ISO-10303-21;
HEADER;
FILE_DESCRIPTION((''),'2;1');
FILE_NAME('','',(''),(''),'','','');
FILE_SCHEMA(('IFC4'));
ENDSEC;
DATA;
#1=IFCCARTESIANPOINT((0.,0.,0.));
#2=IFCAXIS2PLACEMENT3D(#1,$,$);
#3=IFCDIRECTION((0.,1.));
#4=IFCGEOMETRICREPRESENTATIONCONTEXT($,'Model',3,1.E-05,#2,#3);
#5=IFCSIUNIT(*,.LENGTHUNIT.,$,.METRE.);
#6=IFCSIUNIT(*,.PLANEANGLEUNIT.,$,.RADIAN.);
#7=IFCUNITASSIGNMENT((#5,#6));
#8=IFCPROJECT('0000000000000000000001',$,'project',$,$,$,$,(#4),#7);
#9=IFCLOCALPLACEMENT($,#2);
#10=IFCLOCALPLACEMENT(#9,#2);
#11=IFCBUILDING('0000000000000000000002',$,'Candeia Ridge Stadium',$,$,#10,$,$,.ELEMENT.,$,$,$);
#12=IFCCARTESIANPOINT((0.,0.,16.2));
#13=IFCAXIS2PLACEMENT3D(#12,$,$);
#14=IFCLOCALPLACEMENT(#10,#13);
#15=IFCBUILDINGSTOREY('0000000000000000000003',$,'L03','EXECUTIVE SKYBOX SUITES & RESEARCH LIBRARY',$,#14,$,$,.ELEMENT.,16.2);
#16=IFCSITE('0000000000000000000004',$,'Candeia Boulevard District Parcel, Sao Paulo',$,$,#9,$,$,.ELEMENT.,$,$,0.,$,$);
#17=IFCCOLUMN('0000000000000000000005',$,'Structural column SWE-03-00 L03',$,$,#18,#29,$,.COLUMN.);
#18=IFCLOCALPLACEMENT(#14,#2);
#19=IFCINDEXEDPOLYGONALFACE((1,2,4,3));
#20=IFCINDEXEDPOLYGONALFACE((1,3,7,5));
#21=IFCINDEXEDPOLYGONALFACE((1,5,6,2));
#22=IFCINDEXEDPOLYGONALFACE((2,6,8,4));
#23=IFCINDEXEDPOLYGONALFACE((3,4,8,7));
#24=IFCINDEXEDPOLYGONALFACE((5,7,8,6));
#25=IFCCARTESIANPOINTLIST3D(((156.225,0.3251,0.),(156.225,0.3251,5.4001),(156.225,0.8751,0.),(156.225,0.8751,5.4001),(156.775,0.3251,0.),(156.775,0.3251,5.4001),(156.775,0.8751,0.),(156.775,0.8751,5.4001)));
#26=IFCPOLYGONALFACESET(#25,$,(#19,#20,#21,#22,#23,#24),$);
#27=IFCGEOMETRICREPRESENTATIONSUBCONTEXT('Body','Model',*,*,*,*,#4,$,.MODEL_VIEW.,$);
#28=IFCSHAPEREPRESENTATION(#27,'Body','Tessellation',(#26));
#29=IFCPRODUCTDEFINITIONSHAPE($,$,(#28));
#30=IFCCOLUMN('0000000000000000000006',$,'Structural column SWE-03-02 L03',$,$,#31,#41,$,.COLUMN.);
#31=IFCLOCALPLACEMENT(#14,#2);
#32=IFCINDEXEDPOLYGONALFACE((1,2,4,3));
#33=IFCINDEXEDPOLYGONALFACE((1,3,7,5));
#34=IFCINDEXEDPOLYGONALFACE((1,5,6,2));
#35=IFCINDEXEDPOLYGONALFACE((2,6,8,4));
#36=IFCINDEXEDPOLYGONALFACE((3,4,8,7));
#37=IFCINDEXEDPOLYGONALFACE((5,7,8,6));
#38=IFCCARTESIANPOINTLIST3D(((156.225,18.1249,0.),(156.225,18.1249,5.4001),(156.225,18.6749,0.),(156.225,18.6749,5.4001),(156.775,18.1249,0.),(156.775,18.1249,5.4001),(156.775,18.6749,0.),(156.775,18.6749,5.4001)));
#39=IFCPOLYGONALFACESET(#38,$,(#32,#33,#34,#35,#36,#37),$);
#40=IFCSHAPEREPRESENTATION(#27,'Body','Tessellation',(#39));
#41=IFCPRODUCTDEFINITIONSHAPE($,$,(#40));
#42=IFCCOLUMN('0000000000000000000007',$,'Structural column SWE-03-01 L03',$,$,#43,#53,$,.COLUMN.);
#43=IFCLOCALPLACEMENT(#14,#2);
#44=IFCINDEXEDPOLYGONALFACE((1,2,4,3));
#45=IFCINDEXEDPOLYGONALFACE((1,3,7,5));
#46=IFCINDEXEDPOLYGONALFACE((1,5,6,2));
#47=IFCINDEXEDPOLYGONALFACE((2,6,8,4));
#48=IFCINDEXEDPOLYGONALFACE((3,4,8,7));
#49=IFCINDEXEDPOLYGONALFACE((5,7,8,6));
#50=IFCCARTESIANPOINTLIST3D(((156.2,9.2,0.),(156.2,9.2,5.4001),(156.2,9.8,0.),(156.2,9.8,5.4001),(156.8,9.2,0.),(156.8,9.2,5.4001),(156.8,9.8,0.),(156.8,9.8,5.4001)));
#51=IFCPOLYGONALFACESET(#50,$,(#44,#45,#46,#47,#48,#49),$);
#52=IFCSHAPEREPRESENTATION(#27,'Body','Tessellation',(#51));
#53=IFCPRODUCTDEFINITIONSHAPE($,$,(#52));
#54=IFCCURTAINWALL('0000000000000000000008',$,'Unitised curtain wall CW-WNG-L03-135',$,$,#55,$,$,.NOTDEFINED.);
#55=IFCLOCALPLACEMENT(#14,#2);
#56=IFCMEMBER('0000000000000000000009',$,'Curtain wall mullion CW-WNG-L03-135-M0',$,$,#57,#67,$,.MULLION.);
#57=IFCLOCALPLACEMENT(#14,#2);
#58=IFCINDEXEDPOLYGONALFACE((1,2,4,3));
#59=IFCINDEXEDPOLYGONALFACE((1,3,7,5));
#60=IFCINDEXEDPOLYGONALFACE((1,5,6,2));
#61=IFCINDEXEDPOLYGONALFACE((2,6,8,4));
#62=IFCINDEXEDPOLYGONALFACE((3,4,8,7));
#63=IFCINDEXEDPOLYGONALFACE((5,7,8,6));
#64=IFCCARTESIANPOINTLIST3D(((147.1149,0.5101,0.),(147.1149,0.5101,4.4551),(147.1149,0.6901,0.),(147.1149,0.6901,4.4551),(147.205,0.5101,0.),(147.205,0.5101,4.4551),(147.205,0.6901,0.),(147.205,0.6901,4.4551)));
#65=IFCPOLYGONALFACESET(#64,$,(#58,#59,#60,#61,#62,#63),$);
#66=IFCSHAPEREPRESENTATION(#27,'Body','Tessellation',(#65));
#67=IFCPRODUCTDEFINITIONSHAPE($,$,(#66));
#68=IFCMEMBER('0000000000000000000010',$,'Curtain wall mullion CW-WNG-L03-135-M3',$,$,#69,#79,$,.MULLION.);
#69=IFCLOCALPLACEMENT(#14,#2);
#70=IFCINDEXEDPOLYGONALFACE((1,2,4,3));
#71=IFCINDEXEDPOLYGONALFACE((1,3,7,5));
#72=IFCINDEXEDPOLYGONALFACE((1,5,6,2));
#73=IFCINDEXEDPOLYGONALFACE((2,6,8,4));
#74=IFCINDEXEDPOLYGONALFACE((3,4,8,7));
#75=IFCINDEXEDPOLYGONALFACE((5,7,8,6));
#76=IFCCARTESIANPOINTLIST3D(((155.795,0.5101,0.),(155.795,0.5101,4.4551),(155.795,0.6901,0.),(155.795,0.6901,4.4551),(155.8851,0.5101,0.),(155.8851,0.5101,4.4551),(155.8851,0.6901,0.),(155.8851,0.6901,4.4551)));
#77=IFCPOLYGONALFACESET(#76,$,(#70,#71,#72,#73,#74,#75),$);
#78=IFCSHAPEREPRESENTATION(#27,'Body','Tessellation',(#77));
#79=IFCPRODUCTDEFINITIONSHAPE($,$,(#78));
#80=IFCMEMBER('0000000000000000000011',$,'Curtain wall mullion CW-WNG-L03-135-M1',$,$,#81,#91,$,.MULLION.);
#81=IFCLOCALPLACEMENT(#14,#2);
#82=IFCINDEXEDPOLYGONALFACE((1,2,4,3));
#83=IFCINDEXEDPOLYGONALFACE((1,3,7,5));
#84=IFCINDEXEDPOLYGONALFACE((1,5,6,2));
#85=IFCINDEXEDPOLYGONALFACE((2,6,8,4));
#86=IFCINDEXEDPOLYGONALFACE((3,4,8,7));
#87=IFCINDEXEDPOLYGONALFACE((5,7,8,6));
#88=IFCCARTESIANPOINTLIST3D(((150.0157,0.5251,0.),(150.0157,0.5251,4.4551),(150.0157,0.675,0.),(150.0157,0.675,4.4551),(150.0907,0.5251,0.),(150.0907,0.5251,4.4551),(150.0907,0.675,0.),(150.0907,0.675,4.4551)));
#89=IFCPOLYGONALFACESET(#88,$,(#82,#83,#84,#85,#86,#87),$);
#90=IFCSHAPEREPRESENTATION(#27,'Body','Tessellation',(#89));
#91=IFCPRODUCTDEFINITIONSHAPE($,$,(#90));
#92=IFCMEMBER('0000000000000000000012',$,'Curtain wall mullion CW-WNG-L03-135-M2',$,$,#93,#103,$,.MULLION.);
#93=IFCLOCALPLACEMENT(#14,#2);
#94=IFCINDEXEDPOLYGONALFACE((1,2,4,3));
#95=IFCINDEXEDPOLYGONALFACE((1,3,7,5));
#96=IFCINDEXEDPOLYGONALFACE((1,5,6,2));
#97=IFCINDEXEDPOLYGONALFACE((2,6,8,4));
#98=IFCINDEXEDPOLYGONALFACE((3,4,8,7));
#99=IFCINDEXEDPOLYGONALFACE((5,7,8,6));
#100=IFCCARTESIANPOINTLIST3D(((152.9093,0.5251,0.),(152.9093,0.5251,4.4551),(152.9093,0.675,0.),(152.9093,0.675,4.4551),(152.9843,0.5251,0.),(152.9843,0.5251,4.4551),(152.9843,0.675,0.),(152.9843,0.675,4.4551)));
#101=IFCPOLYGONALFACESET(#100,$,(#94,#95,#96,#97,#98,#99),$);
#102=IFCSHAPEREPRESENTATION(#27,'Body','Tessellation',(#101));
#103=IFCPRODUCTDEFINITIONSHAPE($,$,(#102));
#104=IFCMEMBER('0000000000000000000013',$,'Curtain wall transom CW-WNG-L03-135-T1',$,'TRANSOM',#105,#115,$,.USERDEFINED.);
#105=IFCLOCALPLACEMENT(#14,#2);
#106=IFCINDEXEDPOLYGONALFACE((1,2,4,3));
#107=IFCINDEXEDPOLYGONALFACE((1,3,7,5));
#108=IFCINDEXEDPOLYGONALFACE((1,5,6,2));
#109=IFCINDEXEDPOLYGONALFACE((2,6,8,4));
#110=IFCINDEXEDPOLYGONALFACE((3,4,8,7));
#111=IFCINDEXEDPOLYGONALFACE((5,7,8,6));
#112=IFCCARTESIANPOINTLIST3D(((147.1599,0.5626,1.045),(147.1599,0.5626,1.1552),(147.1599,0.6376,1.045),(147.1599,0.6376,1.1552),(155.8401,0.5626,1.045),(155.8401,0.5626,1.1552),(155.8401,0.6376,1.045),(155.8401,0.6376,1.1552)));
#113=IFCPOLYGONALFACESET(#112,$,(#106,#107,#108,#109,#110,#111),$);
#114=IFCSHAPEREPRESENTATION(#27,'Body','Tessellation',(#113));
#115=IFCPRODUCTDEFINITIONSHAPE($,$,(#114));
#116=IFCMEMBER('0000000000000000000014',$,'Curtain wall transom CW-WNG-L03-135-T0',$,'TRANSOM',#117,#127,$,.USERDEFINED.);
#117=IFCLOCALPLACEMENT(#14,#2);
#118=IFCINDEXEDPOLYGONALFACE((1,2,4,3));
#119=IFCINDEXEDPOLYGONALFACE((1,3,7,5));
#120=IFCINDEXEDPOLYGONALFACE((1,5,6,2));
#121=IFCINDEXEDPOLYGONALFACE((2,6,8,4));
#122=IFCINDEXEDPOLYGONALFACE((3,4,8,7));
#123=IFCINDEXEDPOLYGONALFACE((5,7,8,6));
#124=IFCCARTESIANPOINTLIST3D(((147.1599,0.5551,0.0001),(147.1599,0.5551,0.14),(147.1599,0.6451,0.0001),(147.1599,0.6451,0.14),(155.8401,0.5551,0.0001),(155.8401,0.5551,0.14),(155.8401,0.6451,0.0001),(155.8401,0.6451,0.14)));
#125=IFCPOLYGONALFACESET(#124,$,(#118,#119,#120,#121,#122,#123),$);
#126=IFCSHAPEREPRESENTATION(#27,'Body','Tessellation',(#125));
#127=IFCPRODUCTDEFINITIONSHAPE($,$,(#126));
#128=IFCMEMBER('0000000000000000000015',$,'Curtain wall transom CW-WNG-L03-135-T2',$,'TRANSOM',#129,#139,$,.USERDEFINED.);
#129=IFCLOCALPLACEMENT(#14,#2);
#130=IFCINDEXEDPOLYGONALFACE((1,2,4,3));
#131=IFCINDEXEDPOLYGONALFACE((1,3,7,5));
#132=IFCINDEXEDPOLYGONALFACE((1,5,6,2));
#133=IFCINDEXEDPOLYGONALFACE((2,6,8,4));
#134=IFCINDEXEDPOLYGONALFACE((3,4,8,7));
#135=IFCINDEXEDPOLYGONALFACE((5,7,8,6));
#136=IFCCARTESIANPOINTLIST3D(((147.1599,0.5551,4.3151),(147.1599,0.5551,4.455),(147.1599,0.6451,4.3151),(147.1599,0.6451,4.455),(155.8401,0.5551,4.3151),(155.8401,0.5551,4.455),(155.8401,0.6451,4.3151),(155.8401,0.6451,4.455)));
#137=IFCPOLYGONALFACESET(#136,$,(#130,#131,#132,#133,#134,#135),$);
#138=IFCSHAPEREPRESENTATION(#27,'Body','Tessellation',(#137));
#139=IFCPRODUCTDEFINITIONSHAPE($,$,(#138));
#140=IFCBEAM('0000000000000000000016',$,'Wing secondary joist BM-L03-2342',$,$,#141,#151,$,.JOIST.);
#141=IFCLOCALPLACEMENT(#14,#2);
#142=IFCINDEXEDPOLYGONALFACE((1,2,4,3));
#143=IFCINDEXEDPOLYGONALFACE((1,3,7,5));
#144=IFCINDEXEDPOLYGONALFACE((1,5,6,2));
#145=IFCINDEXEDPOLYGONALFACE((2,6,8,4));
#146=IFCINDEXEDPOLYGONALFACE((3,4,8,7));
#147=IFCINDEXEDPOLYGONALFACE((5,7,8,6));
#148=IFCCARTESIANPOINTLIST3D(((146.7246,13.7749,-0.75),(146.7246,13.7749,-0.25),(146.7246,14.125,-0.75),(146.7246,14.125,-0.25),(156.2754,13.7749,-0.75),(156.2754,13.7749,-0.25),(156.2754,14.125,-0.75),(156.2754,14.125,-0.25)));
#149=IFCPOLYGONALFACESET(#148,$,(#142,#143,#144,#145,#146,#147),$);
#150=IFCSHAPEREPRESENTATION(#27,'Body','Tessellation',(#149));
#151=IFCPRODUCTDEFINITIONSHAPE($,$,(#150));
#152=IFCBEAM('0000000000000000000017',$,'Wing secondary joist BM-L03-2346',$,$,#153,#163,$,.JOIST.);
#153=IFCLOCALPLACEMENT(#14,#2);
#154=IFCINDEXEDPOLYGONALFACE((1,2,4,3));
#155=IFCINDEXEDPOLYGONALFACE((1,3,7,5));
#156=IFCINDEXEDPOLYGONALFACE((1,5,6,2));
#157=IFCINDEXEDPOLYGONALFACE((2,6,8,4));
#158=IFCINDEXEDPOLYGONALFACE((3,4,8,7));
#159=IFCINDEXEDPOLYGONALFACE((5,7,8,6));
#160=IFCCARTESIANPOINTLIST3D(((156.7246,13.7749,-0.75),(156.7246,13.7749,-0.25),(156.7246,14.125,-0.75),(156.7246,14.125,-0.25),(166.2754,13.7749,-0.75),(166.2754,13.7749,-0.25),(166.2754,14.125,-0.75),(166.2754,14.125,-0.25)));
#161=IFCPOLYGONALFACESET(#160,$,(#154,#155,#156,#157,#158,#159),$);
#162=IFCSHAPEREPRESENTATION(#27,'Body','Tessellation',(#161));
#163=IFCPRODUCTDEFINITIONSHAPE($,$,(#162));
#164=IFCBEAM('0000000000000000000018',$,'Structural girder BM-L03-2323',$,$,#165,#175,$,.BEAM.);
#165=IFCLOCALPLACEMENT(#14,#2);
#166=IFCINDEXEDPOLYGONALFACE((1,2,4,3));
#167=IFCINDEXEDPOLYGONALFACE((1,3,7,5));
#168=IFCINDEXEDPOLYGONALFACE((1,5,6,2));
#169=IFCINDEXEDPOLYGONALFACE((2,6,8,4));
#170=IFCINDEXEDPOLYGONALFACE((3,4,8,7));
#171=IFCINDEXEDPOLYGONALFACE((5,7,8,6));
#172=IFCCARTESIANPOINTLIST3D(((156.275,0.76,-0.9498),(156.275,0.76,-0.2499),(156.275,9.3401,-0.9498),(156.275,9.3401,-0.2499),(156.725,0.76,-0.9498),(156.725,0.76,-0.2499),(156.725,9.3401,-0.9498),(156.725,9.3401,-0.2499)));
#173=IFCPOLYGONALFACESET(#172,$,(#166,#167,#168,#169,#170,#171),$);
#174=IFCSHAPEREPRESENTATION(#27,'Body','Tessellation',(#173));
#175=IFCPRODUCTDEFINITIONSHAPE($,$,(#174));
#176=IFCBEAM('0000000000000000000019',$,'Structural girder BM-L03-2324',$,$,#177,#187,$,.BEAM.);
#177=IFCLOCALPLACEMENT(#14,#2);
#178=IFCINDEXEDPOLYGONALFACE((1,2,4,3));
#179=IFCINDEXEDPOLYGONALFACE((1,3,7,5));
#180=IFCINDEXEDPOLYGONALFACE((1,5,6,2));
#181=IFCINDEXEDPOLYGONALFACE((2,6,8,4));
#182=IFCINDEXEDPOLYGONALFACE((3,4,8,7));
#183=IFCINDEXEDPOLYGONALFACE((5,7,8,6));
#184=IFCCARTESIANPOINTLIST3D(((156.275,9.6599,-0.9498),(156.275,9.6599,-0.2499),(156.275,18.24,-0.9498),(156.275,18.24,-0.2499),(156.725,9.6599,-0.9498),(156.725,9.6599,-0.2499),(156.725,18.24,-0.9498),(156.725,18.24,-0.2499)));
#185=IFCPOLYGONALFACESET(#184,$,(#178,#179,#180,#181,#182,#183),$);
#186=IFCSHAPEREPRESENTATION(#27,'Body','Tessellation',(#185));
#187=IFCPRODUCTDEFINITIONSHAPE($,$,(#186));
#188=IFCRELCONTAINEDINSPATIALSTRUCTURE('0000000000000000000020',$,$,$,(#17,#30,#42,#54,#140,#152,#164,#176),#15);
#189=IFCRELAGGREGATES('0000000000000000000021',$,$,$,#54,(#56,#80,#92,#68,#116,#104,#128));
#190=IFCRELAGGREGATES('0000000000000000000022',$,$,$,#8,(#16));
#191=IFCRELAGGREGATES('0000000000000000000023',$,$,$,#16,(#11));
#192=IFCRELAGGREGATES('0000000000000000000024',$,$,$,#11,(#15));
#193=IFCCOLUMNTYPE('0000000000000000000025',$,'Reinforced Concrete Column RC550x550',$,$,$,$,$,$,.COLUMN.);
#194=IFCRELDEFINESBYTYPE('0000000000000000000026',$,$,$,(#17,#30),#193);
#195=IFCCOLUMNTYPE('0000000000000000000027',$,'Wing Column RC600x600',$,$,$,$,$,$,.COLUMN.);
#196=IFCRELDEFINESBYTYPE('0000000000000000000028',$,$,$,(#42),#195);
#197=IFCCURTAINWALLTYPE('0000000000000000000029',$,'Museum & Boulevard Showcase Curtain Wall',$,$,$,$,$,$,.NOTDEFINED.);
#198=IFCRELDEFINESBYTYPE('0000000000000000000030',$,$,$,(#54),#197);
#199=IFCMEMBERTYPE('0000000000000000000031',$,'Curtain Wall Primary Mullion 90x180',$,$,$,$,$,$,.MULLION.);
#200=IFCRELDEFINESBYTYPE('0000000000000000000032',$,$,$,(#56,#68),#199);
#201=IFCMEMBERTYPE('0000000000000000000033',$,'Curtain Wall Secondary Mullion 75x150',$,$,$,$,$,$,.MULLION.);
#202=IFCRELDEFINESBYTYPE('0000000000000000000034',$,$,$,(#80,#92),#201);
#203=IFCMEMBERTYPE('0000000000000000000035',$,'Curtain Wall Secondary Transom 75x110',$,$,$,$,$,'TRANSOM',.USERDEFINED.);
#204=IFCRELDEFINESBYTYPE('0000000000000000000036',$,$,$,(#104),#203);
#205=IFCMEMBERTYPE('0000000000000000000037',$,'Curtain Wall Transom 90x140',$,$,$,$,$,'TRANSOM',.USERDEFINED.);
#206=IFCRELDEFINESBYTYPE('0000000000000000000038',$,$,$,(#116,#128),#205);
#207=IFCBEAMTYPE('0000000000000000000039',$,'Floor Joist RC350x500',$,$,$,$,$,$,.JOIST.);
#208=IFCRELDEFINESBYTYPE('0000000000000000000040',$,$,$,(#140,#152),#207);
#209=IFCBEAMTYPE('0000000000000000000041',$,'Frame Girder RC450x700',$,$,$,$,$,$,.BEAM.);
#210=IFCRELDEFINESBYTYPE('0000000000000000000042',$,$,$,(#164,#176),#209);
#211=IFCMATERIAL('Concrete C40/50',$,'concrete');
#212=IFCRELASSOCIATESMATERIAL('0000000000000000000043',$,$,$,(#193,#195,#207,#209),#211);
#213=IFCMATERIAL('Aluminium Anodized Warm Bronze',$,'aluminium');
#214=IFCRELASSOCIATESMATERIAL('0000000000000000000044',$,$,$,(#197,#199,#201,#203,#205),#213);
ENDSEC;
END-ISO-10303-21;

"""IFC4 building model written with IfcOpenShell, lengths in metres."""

from ifc_helpers import new_model, si_unit, direction, frame, origin, origin_2d, place, context, subcontext, project, spatial, rectangle, extrude, material, material_profile, profile_set, type_object, element, aggregate, save


model = new_model("IFC4")

# Units and contexts
model_context = context("Model", 3, precision=1e-05, world=origin(), true_north=direction((0.0, 1.0)))
body_context = subcontext(model_context, "Body", "Model", "MODEL_VIEW")
ifc_project = project(units=[si_unit("LENGTHUNIT", "METRE"), si_unit("PLANEANGLEUNIT", "RADIAN")], contexts=[model_context])

# Site, building, storey
site_placement = place(None, origin())
site = spatial("IfcSite", under=ifc_project, at=site_placement, Name="Candeia Boulevard District Parcel, Sao Paulo", CompositionType="ELEMENT", RefElevation=0.0)
building_placement = place(site_placement, origin())
building = spatial("IfcBuilding", under=site, at=building_placement, Name="Candeia Ridge Stadium", CompositionType="ELEMENT")
storey_placement = place(building_placement, frame((0.0, 0.0, 16.2)))
storey = spatial("IfcBuildingStorey", under=building, at=storey_placement, Name="L03", Description="EXECUTIVE SKYBOX SUITES & RESEARCH LIBRARY", CompositionType="ELEMENT", Elevation=16.2)

# Columns
ifc_material_1 = material(Name="Concrete C40/50", Category="concrete")
ifc_material_profile_1 = material_profile(ifc_material_1, rectangle(XDim=0.55, YDim=0.55, at=origin_2d()), Name="RC550x550", Category="concrete")
ifc_profile_set_1 = profile_set([ifc_material_profile_1], Name="Concrete C40/50")
column_type_1 = type_object("IfcColumnType", Name="Reinforced Concrete Column RC550x550", PredefinedType="COLUMN", material=ifc_profile_set_1)
for number, where, z_axis, x_axis, name in (
    (1, (156.5, 0.6001, 0.0), (0.0, 0.0, 1.0), (1.0, 0.0, 0.0), "Structural column SWE-03-00 L03"),
    (2, (156.5, 18.3999, 0.0), (0.0, 0.0, 1.0), (1.0, 0.0, 0.0), "Structural column SWE-03-02 L03"),
):
    element("IfcColumn", number, at=place(storey_placement, frame(where, z_axis=z_axis, x_axis=x_axis)), inside=storey, type_object=column_type_1, Name=name, PredefinedType="COLUMN", context=body_context, shape_type="SweptSolid", body=[
        extrude(rectangle(XDim=0.55, YDim=0.55, at=origin_2d()), origin(), (0.0, 0.0, 1.0), 5.4001),
    ])
ifc_material_profile_2 = material_profile(ifc_material_1, rectangle(XDim=0.6001, YDim=0.6001, at=origin_2d()), Name="RC600x600", Category="concrete")
ifc_profile_set_2 = profile_set([ifc_material_profile_2], Name="Concrete C40/50")
column_type_2 = type_object("IfcColumnType", Name="Wing Column RC600x600", PredefinedType="COLUMN", material=ifc_profile_set_2)
column_placement = place(storey_placement, frame((156.5, 9.5, 0.0), z_axis=(0.0, 0.0, 1.0), x_axis=(1.0, 0.0, 0.0)))
element("IfcColumn", 3, at=column_placement, inside=storey, type_object=column_type_2, Name="Structural column SWE-03-01 L03", PredefinedType="COLUMN", context=body_context, shape_type="SweptSolid", body=[
    extrude(rectangle(XDim=0.6001, YDim=0.6001, at=origin_2d()), origin(), (0.0, 0.0, 1.0), 5.4001),
])

# Curtain wall, members
ifc_material_2 = material(Name="Aluminium Anodized Warm Bronze", Category="aluminium")
curtain_wall_type = type_object("IfcCurtainWallType", Name="Museum & Boulevard Showcase Curtain Wall", PredefinedType="NOTDEFINED", material=ifc_material_2)
curtain_wall_placement = place(storey_placement, origin())
curtain_wall = element("IfcCurtainWall", 4, at=curtain_wall_placement, inside=storey, type_object=curtain_wall_type, Name="Unitised curtain wall CW-WNG-L03-135", PredefinedType="NOTDEFINED")
ifc_material_profile_3 = material_profile(ifc_material_2, rectangle(XDim=0.0901, YDim=0.1799, at=origin_2d()), Name="CWM-90x180", Category="aluminium")
ifc_profile_set_3 = profile_set([ifc_material_profile_3], Name="Aluminium Anodized Warm Bronze")
member_type_1 = type_object("IfcMemberType", Name="Curtain Wall Primary Mullion 90x180", PredefinedType="MULLION", material=ifc_profile_set_3)
member_1_placement = place(storey_placement, frame((147.1599, 0.6001, 0.0), z_axis=(0.0, 0.0, 1.0), x_axis=(1.0, 0.0, 0.0)))
member_1 = element("IfcMember", 5, at=member_1_placement, type_object=member_type_1, Name="Curtain wall mullion CW-WNG-L03-135-M0", PredefinedType="MULLION", context=body_context, shape_type="SweptSolid", body=[
    extrude(rectangle(XDim=0.0901, YDim=0.1799, at=origin_2d()), origin(), (0.0, 0.0, 1.0), 4.4551),
])
member_2_placement = place(storey_placement, frame((155.8401, 0.6001, 0.0), z_axis=(0.0, 0.0, 1.0), x_axis=(1.0, 0.0, 0.0)))
member_2 = element("IfcMember", 6, at=member_2_placement, type_object=member_type_1, Name="Curtain wall mullion CW-WNG-L03-135-M3", PredefinedType="MULLION", context=body_context, shape_type="SweptSolid", body=[
    extrude(rectangle(XDim=0.0901, YDim=0.1799, at=origin_2d()), origin(), (0.0, 0.0, 1.0), 4.4551),
])
ifc_material_profile_4 = material_profile(ifc_material_2, rectangle(XDim=0.075, YDim=0.1499, at=origin_2d()), Name="CWM-75x150", Category="aluminium")
ifc_profile_set_4 = profile_set([ifc_material_profile_4], Name="Aluminium Anodized Warm Bronze")
member_type_2 = type_object("IfcMemberType", Name="Curtain Wall Secondary Mullion 75x150", PredefinedType="MULLION", material=ifc_profile_set_4)
member_3_placement = place(storey_placement, frame((150.0532, 0.6001, 0.0), z_axis=(0.0, 0.0, 1.0), x_axis=(1.0, 0.0, 0.0)))
member_3 = element("IfcMember", 7, at=member_3_placement, type_object=member_type_2, Name="Curtain wall mullion CW-WNG-L03-135-M1", PredefinedType="MULLION", context=body_context, shape_type="SweptSolid", body=[
    extrude(rectangle(XDim=0.075, YDim=0.1499, at=origin_2d()), origin(), (0.0, 0.0, 1.0), 4.4551),
])
member_4_placement = place(storey_placement, frame((152.9468, 0.6001, 0.0), z_axis=(0.0, 0.0, 1.0), x_axis=(1.0, 0.0, 0.0)))
member_4 = element("IfcMember", 8, at=member_4_placement, type_object=member_type_2, Name="Curtain wall mullion CW-WNG-L03-135-M2", PredefinedType="MULLION", context=body_context, shape_type="SweptSolid", body=[
    extrude(rectangle(XDim=0.075, YDim=0.1499, at=origin_2d()), origin(), (0.0, 0.0, 1.0), 4.4551),
])
ifc_material_profile_5 = material_profile(ifc_material_2, rectangle(XDim=0.075, YDim=0.1101, at=origin_2d()), Name="CWT-75x110", Category="aluminium")
ifc_profile_set_5 = profile_set([ifc_material_profile_5], Name="Aluminium Anodized Warm Bronze")
member_type_3 = type_object("IfcMemberType", Name="Curtain Wall Secondary Transom 75x110", ElementType="TRANSOM", PredefinedType="USERDEFINED", material=ifc_profile_set_5)
member_5_placement = place(storey_placement, frame((147.1599, 0.6001, 1.1001), z_axis=(1.0, 0.0, 0.0), x_axis=(0.0, 1.0, 0.0)))
member_5 = element("IfcMember", 9, at=member_5_placement, type_object=member_type_3, Name="Curtain wall transom CW-WNG-L03-135-T1", ObjectType="TRANSOM", PredefinedType="USERDEFINED", context=body_context, shape_type="SweptSolid", body=[
    extrude(rectangle(XDim=0.075, YDim=0.1101, at=origin_2d()), origin(), (0.0, 0.0, 1.0), 8.6802),
])
ifc_material_profile_6 = material_profile(ifc_material_2, rectangle(XDim=0.0901, YDim=0.1399, at=origin_2d()), Name="CWT-90x140", Category="aluminium")
ifc_profile_set_6 = profile_set([ifc_material_profile_6], Name="Aluminium Anodized Warm Bronze")
member_type_4 = type_object("IfcMemberType", Name="Curtain Wall Transom 90x140", ElementType="TRANSOM", PredefinedType="USERDEFINED", material=ifc_profile_set_6)
member_6_placement = place(storey_placement, frame((147.1599, 0.6001, 0.0701), z_axis=(1.0, 0.0, 0.0), x_axis=(0.0, 1.0, 0.0)))
member_6 = element("IfcMember", 10, at=member_6_placement, type_object=member_type_4, Name="Curtain wall transom CW-WNG-L03-135-T0", ObjectType="TRANSOM", PredefinedType="USERDEFINED", context=body_context, shape_type="SweptSolid", body=[
    extrude(rectangle(XDim=0.0901, YDim=0.1399, at=origin_2d()), origin(), (0.0, 0.0, 1.0), 8.6802),
])
member_7_placement = place(storey_placement, frame((147.1599, 0.6001, 4.385), z_axis=(1.0, 0.0, 0.0), x_axis=(0.0, 1.0, 0.0)))
member_7 = element("IfcMember", 11, at=member_7_placement, type_object=member_type_4, Name="Curtain wall transom CW-WNG-L03-135-T2", ObjectType="TRANSOM", PredefinedType="USERDEFINED", context=body_context, shape_type="SweptSolid", body=[
    extrude(rectangle(XDim=0.0901, YDim=0.1399, at=origin_2d()), origin(), (0.0, 0.0, 1.0), 8.6802),
])

# Beams
ifc_material_profile_7 = material_profile(ifc_material_1, rectangle(XDim=0.3501, YDim=0.5, at=origin_2d()), Name="RC350x500", Category="concrete")
ifc_profile_set_7 = profile_set([ifc_material_profile_7], Name="Concrete C40/50")
beam_type_1 = type_object("IfcBeamType", Name="Floor Joist RC350x500", PredefinedType="JOIST", material=ifc_profile_set_7)
for number, where, z_axis, x_axis, name in (
    (12, (146.7246, 13.95, -0.5), (1.0, 0.0, 0.0), (0.0, 1.0, 0.0), "Wing secondary joist BM-L03-2342"),
    (13, (156.7246, 13.95, -0.5), (1.0, 0.0, 0.0), (0.0, 1.0, 0.0), "Wing secondary joist BM-L03-2346"),
):
    element("IfcBeam", number, at=place(storey_placement, frame(where, z_axis=z_axis, x_axis=x_axis)), inside=storey, type_object=beam_type_1, Name=name, PredefinedType="JOIST", context=body_context, shape_type="SweptSolid", body=[
        extrude(rectangle(XDim=0.3501, YDim=0.5, at=origin_2d()), origin(), (0.0, 0.0, 1.0), 9.5508),
    ])
ifc_material_profile_8 = material_profile(ifc_material_1, rectangle(XDim=0.45, YDim=0.7, at=origin_2d()), Name="RC450x700", Category="concrete")
ifc_profile_set_8 = profile_set([ifc_material_profile_8], Name="Concrete C40/50")
beam_type_2 = type_object("IfcBeamType", Name="Frame Girder RC450x700", PredefinedType="BEAM", material=ifc_profile_set_8)
for number, where, z_axis, x_axis, name in (
    (14, (156.5, 0.76, -0.5999), (0.0, 1.0, 0.0), (-1.0, 0.0, 0.0), "Structural girder BM-L03-2323"),
    (15, (156.5, 9.6599, -0.5999), (0.0, 1.0, 0.0), (-1.0, 0.0, 0.0), "Structural girder BM-L03-2324"),
):
    element("IfcBeam", number, at=place(storey_placement, frame(where, z_axis=z_axis, x_axis=x_axis)), inside=storey, type_object=beam_type_2, Name=name, PredefinedType="BEAM", context=body_context, shape_type="SweptSolid", body=[
        extrude(rectangle(XDim=0.45, YDim=0.7, at=origin_2d()), origin(), (0.0, 0.0, 1.0), 8.5801),
    ])

aggregate(curtain_wall, [member_1, member_3, member_4, member_2, member_6, member_5, member_7])

save(model, "model.ifc")
